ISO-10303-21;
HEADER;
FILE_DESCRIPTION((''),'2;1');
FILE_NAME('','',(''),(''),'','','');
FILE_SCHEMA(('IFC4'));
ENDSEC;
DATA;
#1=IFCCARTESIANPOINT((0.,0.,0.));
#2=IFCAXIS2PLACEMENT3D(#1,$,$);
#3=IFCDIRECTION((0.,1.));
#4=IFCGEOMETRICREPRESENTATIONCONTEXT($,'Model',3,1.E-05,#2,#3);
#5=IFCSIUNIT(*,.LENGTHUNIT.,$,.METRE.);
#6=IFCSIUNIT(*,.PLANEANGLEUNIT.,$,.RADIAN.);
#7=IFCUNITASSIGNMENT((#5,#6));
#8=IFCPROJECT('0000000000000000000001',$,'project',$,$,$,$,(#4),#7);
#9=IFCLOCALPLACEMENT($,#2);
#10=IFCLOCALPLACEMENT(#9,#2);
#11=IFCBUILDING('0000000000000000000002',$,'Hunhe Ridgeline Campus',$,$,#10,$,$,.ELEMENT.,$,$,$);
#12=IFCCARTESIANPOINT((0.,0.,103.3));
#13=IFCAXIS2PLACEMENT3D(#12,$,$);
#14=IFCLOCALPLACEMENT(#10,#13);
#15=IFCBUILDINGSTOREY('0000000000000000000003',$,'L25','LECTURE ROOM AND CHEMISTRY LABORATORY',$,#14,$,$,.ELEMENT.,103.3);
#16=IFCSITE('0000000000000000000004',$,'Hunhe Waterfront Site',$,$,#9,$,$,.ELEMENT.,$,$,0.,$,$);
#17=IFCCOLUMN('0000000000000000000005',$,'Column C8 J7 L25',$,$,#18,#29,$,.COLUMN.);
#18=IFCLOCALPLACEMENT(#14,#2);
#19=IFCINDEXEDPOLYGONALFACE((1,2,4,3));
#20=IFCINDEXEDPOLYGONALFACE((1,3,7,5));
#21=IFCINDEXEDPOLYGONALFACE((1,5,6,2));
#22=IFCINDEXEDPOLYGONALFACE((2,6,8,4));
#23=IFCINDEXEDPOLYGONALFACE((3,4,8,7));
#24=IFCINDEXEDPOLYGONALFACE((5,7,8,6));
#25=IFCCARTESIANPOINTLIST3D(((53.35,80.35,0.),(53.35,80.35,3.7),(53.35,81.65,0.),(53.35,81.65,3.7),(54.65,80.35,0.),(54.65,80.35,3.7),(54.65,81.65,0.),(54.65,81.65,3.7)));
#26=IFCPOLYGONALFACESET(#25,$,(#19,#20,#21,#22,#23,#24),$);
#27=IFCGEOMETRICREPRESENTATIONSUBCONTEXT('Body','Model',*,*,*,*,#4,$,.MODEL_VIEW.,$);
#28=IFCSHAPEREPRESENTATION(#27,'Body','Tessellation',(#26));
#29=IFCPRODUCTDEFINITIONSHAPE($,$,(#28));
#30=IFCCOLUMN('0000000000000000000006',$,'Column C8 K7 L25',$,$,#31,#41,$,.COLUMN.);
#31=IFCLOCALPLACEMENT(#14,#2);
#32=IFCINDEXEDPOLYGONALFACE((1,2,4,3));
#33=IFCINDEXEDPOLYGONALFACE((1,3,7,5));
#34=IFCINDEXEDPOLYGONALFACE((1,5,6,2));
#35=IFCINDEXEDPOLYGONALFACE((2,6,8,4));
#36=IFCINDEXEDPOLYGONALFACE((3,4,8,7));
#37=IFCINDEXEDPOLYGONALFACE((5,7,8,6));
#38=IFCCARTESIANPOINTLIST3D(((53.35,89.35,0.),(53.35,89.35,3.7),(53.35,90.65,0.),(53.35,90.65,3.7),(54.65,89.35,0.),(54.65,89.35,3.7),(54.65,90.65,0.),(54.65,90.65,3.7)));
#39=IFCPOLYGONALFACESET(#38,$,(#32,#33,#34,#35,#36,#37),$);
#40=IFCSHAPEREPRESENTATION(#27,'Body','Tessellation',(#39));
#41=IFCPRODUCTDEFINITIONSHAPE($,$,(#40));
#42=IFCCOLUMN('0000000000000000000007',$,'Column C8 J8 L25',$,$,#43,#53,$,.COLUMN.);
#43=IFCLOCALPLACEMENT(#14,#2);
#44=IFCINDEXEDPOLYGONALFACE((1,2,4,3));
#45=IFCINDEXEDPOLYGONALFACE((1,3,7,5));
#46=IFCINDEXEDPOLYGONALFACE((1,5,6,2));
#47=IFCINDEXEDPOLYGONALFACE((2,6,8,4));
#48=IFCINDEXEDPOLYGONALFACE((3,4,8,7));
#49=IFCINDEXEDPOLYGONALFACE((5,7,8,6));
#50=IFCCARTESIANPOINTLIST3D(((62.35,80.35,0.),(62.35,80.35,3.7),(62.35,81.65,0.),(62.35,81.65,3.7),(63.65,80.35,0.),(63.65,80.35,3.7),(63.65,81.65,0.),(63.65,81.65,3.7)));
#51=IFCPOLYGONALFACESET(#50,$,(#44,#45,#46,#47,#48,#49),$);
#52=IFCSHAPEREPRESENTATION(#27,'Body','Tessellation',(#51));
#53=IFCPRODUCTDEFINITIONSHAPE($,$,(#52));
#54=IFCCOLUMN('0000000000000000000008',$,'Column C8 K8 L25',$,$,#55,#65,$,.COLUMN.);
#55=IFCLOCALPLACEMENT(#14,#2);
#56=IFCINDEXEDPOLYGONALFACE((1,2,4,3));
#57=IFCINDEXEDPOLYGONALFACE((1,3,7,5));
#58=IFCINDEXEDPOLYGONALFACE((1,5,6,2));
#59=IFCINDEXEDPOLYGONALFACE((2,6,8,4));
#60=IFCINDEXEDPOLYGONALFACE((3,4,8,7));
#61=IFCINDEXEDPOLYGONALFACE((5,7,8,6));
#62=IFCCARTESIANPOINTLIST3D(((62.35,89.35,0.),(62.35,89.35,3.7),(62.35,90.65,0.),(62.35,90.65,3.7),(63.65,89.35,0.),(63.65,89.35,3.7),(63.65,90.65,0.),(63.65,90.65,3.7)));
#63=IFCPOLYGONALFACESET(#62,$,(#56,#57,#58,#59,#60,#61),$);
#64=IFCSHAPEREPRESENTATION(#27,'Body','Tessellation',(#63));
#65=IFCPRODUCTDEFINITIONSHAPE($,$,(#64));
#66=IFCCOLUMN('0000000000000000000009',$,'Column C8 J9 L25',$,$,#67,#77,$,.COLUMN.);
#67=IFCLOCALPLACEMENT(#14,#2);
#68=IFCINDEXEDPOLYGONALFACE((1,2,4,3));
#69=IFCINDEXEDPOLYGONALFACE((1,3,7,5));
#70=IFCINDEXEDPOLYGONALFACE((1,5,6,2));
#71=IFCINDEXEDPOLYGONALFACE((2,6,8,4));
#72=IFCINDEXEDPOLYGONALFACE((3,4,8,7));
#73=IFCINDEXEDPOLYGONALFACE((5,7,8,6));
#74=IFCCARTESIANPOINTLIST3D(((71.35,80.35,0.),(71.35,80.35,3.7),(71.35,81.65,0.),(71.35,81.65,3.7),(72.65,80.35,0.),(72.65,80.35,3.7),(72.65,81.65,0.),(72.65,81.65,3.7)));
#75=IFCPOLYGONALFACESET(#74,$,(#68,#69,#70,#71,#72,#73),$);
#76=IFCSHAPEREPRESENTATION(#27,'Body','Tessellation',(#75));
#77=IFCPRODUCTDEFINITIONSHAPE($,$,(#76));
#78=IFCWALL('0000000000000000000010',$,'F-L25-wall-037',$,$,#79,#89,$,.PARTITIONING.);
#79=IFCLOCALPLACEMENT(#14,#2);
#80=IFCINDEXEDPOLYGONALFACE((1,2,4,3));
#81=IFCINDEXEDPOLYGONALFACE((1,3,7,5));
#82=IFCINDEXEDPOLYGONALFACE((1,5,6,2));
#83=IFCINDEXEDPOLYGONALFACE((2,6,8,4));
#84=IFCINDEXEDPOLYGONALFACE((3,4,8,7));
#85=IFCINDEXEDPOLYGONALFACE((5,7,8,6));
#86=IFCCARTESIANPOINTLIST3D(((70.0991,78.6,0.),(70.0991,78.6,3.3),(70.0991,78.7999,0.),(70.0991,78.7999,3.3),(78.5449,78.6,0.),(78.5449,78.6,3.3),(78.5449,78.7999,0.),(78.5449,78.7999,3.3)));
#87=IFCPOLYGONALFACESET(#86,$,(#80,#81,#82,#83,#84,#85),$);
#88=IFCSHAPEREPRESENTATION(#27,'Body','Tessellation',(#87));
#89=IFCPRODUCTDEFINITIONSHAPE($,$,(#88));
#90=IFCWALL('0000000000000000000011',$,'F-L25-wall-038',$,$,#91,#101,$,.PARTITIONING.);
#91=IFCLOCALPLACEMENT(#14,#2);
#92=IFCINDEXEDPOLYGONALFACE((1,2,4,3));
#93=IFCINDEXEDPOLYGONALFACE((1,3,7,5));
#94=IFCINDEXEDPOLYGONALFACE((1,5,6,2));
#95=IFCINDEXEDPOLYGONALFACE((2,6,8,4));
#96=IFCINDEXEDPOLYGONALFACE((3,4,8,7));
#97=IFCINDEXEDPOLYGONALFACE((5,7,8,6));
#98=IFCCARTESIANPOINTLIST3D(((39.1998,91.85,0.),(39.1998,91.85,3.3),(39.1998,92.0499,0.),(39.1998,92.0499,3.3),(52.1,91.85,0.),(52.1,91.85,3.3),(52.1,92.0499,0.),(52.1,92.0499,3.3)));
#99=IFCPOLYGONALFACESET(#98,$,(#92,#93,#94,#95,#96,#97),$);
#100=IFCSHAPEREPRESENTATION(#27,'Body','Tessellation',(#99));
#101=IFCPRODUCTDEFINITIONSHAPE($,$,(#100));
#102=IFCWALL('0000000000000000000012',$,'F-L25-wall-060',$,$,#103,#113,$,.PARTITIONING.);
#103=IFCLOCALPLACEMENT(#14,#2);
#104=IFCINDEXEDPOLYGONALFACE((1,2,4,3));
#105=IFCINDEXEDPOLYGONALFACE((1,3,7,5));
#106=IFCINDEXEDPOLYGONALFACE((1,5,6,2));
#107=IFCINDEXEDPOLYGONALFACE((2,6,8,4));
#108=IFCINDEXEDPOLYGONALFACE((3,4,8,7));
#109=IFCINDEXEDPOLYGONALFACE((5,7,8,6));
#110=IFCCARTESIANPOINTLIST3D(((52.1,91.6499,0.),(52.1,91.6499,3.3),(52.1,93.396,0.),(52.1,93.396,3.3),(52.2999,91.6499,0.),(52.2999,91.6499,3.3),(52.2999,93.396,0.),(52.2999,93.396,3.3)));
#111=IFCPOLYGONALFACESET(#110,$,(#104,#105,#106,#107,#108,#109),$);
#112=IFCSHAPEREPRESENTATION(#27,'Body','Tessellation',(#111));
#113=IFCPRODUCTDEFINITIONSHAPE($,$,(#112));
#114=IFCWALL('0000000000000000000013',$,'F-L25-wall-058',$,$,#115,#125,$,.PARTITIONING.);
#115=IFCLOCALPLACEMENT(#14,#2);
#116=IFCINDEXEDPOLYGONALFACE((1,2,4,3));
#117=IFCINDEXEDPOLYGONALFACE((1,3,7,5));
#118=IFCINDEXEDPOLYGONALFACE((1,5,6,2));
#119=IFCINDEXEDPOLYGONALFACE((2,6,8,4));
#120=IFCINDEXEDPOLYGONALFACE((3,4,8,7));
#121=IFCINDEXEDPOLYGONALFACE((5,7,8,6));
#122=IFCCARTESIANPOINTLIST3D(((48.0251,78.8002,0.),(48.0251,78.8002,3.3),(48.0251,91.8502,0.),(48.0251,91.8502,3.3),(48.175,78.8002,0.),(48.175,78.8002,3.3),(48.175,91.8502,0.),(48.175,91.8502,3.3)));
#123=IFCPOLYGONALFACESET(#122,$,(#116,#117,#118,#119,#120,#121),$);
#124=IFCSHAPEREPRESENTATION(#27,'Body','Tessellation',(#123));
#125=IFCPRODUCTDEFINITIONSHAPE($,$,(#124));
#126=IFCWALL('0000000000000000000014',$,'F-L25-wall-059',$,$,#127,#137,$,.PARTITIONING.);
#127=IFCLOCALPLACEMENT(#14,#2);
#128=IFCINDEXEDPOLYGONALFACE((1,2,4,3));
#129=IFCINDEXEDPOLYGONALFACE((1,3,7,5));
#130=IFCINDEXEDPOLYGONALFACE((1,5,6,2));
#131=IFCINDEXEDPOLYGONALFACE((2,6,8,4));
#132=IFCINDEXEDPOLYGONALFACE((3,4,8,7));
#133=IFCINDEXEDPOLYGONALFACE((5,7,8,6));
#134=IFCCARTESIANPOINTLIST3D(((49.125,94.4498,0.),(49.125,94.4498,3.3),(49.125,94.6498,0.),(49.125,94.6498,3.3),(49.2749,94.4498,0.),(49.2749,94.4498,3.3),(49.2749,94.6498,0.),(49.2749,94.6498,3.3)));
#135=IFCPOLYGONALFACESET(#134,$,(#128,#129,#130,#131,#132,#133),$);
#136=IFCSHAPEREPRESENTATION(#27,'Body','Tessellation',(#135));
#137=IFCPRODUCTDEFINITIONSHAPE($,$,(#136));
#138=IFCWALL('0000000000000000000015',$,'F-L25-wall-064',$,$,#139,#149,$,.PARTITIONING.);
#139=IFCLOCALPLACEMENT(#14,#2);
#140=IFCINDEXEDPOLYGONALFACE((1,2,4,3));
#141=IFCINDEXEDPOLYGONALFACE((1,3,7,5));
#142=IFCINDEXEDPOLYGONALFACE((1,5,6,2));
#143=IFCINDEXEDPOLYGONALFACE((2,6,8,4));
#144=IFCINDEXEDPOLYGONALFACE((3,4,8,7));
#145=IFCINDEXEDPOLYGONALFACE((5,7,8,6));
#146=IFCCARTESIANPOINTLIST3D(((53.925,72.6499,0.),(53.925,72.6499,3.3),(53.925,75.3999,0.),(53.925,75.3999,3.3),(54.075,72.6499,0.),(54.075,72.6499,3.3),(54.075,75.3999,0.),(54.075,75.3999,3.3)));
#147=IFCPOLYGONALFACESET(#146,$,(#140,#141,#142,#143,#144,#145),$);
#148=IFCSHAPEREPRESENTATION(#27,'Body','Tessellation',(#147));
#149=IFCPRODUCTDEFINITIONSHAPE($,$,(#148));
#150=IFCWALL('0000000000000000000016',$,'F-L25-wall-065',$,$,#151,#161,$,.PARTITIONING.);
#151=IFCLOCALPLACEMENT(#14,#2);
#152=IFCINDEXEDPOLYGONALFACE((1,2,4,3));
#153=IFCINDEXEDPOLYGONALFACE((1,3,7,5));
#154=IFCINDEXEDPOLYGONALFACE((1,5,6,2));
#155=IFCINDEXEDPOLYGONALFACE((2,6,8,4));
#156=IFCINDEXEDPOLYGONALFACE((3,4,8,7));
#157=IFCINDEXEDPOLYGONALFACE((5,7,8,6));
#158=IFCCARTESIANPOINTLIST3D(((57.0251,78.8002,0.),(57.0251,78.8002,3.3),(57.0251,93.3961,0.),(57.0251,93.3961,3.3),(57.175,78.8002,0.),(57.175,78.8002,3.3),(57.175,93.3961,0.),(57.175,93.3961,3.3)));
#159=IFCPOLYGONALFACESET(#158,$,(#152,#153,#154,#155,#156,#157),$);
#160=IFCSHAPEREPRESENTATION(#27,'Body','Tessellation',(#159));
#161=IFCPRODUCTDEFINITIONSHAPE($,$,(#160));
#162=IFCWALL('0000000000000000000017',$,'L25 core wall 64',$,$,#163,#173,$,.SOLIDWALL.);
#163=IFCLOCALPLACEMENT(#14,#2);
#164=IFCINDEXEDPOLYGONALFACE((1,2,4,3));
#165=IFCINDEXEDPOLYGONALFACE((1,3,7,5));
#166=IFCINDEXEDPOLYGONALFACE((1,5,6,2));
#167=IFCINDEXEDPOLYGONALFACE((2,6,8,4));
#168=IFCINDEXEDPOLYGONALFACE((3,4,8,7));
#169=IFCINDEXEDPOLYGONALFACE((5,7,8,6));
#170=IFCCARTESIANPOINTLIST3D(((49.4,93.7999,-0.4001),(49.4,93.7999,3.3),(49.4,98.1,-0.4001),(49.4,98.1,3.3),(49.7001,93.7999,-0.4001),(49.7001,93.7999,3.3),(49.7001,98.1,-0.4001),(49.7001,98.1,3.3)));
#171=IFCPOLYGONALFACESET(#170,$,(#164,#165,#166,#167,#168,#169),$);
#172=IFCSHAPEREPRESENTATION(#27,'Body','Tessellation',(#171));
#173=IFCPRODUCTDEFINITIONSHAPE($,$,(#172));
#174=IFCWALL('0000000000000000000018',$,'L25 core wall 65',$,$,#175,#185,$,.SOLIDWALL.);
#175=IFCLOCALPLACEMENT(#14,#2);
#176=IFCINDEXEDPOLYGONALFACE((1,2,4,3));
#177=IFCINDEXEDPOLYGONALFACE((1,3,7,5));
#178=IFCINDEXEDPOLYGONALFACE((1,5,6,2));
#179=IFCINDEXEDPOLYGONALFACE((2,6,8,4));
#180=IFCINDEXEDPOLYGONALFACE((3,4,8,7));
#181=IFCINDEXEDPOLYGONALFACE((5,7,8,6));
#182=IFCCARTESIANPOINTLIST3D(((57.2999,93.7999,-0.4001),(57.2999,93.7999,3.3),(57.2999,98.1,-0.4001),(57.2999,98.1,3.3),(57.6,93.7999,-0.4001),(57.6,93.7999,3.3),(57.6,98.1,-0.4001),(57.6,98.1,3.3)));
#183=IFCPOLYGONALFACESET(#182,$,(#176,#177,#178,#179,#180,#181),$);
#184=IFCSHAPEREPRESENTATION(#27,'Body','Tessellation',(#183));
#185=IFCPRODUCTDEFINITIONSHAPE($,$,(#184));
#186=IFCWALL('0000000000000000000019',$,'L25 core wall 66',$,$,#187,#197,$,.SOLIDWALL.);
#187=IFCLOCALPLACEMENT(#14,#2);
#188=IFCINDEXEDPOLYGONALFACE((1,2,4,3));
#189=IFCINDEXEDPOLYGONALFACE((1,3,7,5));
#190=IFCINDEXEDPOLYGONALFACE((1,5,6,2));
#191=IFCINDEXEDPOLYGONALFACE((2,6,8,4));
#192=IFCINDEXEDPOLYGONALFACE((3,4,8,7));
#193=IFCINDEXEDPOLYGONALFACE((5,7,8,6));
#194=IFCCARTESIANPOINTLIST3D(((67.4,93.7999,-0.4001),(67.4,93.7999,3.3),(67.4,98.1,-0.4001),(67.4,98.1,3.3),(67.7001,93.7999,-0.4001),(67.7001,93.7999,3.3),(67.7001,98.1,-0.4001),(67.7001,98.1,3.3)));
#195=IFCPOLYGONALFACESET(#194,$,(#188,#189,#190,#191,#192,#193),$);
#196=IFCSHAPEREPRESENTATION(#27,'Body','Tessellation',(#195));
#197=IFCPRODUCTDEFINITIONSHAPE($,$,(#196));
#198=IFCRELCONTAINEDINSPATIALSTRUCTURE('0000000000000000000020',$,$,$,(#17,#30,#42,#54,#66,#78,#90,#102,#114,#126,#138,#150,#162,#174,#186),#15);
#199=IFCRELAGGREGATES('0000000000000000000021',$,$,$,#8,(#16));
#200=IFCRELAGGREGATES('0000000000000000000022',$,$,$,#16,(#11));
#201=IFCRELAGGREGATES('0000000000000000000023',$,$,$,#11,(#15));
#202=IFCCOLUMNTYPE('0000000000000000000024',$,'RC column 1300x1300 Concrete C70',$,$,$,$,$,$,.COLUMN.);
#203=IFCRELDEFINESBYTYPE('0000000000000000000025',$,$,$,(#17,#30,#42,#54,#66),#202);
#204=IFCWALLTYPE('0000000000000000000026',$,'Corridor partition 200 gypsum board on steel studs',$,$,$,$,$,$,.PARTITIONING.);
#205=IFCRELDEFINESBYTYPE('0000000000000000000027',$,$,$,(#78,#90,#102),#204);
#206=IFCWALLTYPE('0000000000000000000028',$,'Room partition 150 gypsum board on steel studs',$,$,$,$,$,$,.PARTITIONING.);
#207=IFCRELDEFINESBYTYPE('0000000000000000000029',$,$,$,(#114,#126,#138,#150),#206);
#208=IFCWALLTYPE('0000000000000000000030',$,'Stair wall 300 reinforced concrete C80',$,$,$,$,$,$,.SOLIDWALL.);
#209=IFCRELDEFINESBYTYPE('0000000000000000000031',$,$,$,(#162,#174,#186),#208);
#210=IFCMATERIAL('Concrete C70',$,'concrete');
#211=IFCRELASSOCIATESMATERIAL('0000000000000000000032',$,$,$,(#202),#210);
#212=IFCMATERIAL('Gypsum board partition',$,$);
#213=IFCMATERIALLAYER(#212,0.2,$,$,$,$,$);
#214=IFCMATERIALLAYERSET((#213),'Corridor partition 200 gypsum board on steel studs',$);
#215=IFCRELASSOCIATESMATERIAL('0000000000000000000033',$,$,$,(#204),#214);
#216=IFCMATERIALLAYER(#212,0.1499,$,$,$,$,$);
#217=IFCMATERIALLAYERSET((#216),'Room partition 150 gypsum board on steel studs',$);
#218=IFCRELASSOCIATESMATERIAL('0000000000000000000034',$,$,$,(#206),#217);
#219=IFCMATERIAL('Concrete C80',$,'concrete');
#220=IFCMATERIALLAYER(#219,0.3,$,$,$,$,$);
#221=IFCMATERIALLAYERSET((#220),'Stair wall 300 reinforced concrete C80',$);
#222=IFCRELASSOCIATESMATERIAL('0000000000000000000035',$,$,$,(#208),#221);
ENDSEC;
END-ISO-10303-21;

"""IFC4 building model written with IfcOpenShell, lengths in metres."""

from ifc_helpers import new_model, si_unit, direction, frame, frame_2d, origin, origin_2d, place, context, subcontext, project, spatial, rectangle, extrude, material, layer, layer_set, material_profile, profile_set, type_object, element, save


model = new_model("IFC4")

# Units and contexts
model_context = context("Model", 3, precision=1e-05, world=origin(), true_north=direction((0.0, 1.0)))
body_context = subcontext(model_context, "Body", "Model", "MODEL_VIEW")
ifc_project = project(units=[si_unit("LENGTHUNIT", "METRE"), si_unit("PLANEANGLEUNIT", "RADIAN")], contexts=[model_context])

# Site, building, storey
site_placement = place(None, origin())
site = spatial("IfcSite", under=ifc_project, at=site_placement, Name="Hunhe Waterfront Site", CompositionType="ELEMENT", RefElevation=0.0)
building_placement = place(site_placement, origin())
building = spatial("IfcBuilding", under=site, at=building_placement, Name="Hunhe Ridgeline Campus", CompositionType="ELEMENT")
storey_placement = place(building_placement, frame((0.0, 0.0, 103.3)))
storey = spatial("IfcBuildingStorey", under=building, at=storey_placement, Name="L25", Description="LECTURE ROOM AND CHEMISTRY LABORATORY", CompositionType="ELEMENT", Elevation=103.3)

# Columns
ifc_material_1 = material(Name="Concrete C70", Category="concrete")
ifc_material_profile = material_profile(ifc_material_1, rectangle(XDim=1.3, YDim=1.3, at=origin_2d()))
ifc_profile_set = profile_set([ifc_material_profile], Name="Concrete C70")
column_type = type_object("IfcColumnType", Name="RC column 1300x1300 Concrete C70", PredefinedType="COLUMN", material=ifc_profile_set)
for number, where, z_axis, x_axis, name in (
    (1, (54.0, 81.0, 0.0), (0.0, 0.0, 1.0), (1.0, 0.0, 0.0), "Column C8 J7 L25"),
    (2, (54.0, 90.0, 0.0), (0.0, 0.0, 1.0), (1.0, 0.0, 0.0), "Column C8 K7 L25"),
    (3, (63.0, 81.0, 0.0), (0.0, 0.0, 1.0), (1.0, 0.0, 0.0), "Column C8 J8 L25"),
    (4, (63.0, 90.0, 0.0), (0.0, 0.0, 1.0), (1.0, 0.0, 0.0), "Column C8 K8 L25"),
    (5, (72.0, 81.0, 0.0), (0.0, 0.0, 1.0), (1.0, 0.0, 0.0), "Column C8 J9 L25"),
):
    element("IfcColumn", number, at=place(storey_placement, frame(where, z_axis=z_axis, x_axis=x_axis)), inside=storey, type_object=column_type, Name=name, PredefinedType="COLUMN", context=body_context, shape_type="SweptSolid", body=[
        extrude(rectangle(XDim=1.3, YDim=1.3, at=origin_2d()), origin(), (0.0, 0.0, 1.0), 3.7),
    ])

# Walls
ifc_material_2 = material(Name="Gypsum board partition")
ifc_layer_1 = layer(ifc_material_2, 0.2)
ifc_layer_set_1 = layer_set([ifc_layer_1], Name="Corridor partition 200 gypsum board on steel studs")
wall_type_1 = type_object("IfcWallType", Name="Corridor partition 200 gypsum board on steel studs", PredefinedType="PARTITIONING", material=ifc_layer_set_1)
wall_1_placement = place(storey_placement, frame((70.0991, 78.7, 0.0), z_axis=(0.0, 0.0, 1.0), x_axis=(1.0, 0.0, 0.0)))
element("IfcWall", 6, at=wall_1_placement, inside=storey, type_object=wall_type_1, Name="F-L25-wall-037", PredefinedType="PARTITIONING", context=body_context, shape_type="SweptSolid", body=[
    extrude(rectangle(XDim=8.4458, YDim=0.2, at=frame_2d((4.2229, 0.0))), origin(), (0.0, 0.0, 1.0), 3.3),
])
wall_2_placement = place(storey_placement, frame((52.1001, 91.95, 0.0), z_axis=(0.0, 0.0, 1.0), x_axis=(-1.0, 0.0, 0.0)))
element("IfcWall", 7, at=wall_2_placement, inside=storey, type_object=wall_type_1, Name="F-L25-wall-038", PredefinedType="PARTITIONING", context=body_context, shape_type="SweptSolid", body=[
    extrude(rectangle(XDim=12.9001, YDim=0.2, at=frame_2d((6.4502, 0.0))), origin(), (0.0, 0.0, 1.0), 3.3),
])
wall_3_placement = place(storey_placement, frame((52.2, 93.396, 0.0), z_axis=(0.0, 0.0, 1.0), x_axis=(0.0, -1.0, 0.0)))
element("IfcWall", 8, at=wall_3_placement, inside=storey, type_object=wall_type_1, Name="F-L25-wall-060", PredefinedType="PARTITIONING", context=body_context, shape_type="SweptSolid", body=[
    extrude(rectangle(XDim=1.7461, YDim=0.2, at=frame_2d((0.873, 0.0))), origin(), (0.0, 0.0, 1.0), 3.3),
])

# Walls
ifc_layer_2 = layer(ifc_material_2, 0.1499)
ifc_layer_set_2 = layer_set([ifc_layer_2], Name="Room partition 150 gypsum board on steel studs")
wall_type_2 = type_object("IfcWallType", Name="Room partition 150 gypsum board on steel studs", PredefinedType="PARTITIONING", material=ifc_layer_set_2)
wall_4_placement = place(storey_placement, frame((48.1001, 91.8501, 0.0), z_axis=(0.0, 0.0, 1.0), x_axis=(0.0, -1.0, 0.0)))
element("IfcWall", 9, at=wall_4_placement, inside=storey, type_object=wall_type_2, Name="F-L25-wall-058", PredefinedType="PARTITIONING", context=body_context, shape_type="SweptSolid", body=[
    extrude(rectangle(XDim=13.05, YDim=0.1499, at=frame_2d((6.5249, 0.0))), origin(), (0.0, 0.0, 1.0), 3.3),
])
wall_5_placement = place(storey_placement, frame((49.2, 94.6499, 0.0), z_axis=(0.0, 0.0, 1.0), x_axis=(0.0, -1.0, 0.0)))
element("IfcWall", 10, at=wall_5_placement, inside=storey, type_object=wall_type_2, Name="F-L25-wall-059", PredefinedType="PARTITIONING", context=body_context, shape_type="SweptSolid", body=[
    extrude(rectangle(XDim=0.2, YDim=0.1499, at=frame_2d((0.1001, 0.0))), origin(), (0.0, 0.0, 1.0), 3.3),
])
wall_6_placement = place(storey_placement, frame((54.0, 75.3999, 0.0), z_axis=(0.0, 0.0, 1.0), x_axis=(0.0, -1.0, 0.0)))
element("IfcWall", 11, at=wall_6_placement, inside=storey, type_object=wall_type_2, Name="F-L25-wall-064", PredefinedType="PARTITIONING", context=body_context, shape_type="SweptSolid", body=[
    extrude(rectangle(XDim=2.75, YDim=0.1499, at=frame_2d((1.375, 0.0))), origin(), (0.0, 0.0, 1.0), 3.3),
])
wall_7_placement = place(storey_placement, frame((57.1001, 93.396, 0.0), z_axis=(0.0, 0.0, 1.0), x_axis=(0.0, -1.0, 0.0)))
element("IfcWall", 12, at=wall_7_placement, inside=storey, type_object=wall_type_2, Name="F-L25-wall-065", PredefinedType="PARTITIONING", context=body_context, shape_type="SweptSolid", body=[
    extrude(rectangle(XDim=14.5959, YDim=0.1499, at=frame_2d((7.2979, 0.0))), origin(), (0.0, 0.0, 1.0), 3.3),
])

# Shared definitions
ifc_material_3 = material(Name="Concrete C80", Category="concrete")
ifc_layer_3 = layer(ifc_material_3, 0.3)
ifc_layer_set_3 = layer_set([ifc_layer_3], Name="Stair wall 300 reinforced concrete C80")
wall_type_3 = type_object("IfcWallType", Name="Stair wall 300 reinforced concrete C80", PredefinedType="SOLIDWALL", material=ifc_layer_set_3)

# Walls
for number, where, z_axis, x_axis, name in (
    (13, (49.55, 93.8, -0.4001), (0.0, 0.0, 1.0), (0.0, 1.0, 0.0), "L25 core wall 64"),
    (14, (57.45, 93.8, -0.4001), (0.0, 0.0, 1.0), (0.0, 1.0, 0.0), "L25 core wall 65"),
    (15, (67.55, 93.8, -0.4001), (0.0, 0.0, 1.0), (0.0, 1.0, 0.0), "L25 core wall 66"),
):
    element("IfcWall", number, at=place(storey_placement, frame(where, z_axis=z_axis, x_axis=x_axis)), inside=storey, type_object=wall_type_3, Name=name, PredefinedType="SOLIDWALL", context=body_context, shape_type="SweptSolid", body=[
        extrude(rectangle(XDim=4.3, YDim=0.3, at=frame_2d((2.1499, 0.0))), origin(), (0.0, 0.0, 1.0), 3.7002),
    ])

save(model, "model.ifc")
